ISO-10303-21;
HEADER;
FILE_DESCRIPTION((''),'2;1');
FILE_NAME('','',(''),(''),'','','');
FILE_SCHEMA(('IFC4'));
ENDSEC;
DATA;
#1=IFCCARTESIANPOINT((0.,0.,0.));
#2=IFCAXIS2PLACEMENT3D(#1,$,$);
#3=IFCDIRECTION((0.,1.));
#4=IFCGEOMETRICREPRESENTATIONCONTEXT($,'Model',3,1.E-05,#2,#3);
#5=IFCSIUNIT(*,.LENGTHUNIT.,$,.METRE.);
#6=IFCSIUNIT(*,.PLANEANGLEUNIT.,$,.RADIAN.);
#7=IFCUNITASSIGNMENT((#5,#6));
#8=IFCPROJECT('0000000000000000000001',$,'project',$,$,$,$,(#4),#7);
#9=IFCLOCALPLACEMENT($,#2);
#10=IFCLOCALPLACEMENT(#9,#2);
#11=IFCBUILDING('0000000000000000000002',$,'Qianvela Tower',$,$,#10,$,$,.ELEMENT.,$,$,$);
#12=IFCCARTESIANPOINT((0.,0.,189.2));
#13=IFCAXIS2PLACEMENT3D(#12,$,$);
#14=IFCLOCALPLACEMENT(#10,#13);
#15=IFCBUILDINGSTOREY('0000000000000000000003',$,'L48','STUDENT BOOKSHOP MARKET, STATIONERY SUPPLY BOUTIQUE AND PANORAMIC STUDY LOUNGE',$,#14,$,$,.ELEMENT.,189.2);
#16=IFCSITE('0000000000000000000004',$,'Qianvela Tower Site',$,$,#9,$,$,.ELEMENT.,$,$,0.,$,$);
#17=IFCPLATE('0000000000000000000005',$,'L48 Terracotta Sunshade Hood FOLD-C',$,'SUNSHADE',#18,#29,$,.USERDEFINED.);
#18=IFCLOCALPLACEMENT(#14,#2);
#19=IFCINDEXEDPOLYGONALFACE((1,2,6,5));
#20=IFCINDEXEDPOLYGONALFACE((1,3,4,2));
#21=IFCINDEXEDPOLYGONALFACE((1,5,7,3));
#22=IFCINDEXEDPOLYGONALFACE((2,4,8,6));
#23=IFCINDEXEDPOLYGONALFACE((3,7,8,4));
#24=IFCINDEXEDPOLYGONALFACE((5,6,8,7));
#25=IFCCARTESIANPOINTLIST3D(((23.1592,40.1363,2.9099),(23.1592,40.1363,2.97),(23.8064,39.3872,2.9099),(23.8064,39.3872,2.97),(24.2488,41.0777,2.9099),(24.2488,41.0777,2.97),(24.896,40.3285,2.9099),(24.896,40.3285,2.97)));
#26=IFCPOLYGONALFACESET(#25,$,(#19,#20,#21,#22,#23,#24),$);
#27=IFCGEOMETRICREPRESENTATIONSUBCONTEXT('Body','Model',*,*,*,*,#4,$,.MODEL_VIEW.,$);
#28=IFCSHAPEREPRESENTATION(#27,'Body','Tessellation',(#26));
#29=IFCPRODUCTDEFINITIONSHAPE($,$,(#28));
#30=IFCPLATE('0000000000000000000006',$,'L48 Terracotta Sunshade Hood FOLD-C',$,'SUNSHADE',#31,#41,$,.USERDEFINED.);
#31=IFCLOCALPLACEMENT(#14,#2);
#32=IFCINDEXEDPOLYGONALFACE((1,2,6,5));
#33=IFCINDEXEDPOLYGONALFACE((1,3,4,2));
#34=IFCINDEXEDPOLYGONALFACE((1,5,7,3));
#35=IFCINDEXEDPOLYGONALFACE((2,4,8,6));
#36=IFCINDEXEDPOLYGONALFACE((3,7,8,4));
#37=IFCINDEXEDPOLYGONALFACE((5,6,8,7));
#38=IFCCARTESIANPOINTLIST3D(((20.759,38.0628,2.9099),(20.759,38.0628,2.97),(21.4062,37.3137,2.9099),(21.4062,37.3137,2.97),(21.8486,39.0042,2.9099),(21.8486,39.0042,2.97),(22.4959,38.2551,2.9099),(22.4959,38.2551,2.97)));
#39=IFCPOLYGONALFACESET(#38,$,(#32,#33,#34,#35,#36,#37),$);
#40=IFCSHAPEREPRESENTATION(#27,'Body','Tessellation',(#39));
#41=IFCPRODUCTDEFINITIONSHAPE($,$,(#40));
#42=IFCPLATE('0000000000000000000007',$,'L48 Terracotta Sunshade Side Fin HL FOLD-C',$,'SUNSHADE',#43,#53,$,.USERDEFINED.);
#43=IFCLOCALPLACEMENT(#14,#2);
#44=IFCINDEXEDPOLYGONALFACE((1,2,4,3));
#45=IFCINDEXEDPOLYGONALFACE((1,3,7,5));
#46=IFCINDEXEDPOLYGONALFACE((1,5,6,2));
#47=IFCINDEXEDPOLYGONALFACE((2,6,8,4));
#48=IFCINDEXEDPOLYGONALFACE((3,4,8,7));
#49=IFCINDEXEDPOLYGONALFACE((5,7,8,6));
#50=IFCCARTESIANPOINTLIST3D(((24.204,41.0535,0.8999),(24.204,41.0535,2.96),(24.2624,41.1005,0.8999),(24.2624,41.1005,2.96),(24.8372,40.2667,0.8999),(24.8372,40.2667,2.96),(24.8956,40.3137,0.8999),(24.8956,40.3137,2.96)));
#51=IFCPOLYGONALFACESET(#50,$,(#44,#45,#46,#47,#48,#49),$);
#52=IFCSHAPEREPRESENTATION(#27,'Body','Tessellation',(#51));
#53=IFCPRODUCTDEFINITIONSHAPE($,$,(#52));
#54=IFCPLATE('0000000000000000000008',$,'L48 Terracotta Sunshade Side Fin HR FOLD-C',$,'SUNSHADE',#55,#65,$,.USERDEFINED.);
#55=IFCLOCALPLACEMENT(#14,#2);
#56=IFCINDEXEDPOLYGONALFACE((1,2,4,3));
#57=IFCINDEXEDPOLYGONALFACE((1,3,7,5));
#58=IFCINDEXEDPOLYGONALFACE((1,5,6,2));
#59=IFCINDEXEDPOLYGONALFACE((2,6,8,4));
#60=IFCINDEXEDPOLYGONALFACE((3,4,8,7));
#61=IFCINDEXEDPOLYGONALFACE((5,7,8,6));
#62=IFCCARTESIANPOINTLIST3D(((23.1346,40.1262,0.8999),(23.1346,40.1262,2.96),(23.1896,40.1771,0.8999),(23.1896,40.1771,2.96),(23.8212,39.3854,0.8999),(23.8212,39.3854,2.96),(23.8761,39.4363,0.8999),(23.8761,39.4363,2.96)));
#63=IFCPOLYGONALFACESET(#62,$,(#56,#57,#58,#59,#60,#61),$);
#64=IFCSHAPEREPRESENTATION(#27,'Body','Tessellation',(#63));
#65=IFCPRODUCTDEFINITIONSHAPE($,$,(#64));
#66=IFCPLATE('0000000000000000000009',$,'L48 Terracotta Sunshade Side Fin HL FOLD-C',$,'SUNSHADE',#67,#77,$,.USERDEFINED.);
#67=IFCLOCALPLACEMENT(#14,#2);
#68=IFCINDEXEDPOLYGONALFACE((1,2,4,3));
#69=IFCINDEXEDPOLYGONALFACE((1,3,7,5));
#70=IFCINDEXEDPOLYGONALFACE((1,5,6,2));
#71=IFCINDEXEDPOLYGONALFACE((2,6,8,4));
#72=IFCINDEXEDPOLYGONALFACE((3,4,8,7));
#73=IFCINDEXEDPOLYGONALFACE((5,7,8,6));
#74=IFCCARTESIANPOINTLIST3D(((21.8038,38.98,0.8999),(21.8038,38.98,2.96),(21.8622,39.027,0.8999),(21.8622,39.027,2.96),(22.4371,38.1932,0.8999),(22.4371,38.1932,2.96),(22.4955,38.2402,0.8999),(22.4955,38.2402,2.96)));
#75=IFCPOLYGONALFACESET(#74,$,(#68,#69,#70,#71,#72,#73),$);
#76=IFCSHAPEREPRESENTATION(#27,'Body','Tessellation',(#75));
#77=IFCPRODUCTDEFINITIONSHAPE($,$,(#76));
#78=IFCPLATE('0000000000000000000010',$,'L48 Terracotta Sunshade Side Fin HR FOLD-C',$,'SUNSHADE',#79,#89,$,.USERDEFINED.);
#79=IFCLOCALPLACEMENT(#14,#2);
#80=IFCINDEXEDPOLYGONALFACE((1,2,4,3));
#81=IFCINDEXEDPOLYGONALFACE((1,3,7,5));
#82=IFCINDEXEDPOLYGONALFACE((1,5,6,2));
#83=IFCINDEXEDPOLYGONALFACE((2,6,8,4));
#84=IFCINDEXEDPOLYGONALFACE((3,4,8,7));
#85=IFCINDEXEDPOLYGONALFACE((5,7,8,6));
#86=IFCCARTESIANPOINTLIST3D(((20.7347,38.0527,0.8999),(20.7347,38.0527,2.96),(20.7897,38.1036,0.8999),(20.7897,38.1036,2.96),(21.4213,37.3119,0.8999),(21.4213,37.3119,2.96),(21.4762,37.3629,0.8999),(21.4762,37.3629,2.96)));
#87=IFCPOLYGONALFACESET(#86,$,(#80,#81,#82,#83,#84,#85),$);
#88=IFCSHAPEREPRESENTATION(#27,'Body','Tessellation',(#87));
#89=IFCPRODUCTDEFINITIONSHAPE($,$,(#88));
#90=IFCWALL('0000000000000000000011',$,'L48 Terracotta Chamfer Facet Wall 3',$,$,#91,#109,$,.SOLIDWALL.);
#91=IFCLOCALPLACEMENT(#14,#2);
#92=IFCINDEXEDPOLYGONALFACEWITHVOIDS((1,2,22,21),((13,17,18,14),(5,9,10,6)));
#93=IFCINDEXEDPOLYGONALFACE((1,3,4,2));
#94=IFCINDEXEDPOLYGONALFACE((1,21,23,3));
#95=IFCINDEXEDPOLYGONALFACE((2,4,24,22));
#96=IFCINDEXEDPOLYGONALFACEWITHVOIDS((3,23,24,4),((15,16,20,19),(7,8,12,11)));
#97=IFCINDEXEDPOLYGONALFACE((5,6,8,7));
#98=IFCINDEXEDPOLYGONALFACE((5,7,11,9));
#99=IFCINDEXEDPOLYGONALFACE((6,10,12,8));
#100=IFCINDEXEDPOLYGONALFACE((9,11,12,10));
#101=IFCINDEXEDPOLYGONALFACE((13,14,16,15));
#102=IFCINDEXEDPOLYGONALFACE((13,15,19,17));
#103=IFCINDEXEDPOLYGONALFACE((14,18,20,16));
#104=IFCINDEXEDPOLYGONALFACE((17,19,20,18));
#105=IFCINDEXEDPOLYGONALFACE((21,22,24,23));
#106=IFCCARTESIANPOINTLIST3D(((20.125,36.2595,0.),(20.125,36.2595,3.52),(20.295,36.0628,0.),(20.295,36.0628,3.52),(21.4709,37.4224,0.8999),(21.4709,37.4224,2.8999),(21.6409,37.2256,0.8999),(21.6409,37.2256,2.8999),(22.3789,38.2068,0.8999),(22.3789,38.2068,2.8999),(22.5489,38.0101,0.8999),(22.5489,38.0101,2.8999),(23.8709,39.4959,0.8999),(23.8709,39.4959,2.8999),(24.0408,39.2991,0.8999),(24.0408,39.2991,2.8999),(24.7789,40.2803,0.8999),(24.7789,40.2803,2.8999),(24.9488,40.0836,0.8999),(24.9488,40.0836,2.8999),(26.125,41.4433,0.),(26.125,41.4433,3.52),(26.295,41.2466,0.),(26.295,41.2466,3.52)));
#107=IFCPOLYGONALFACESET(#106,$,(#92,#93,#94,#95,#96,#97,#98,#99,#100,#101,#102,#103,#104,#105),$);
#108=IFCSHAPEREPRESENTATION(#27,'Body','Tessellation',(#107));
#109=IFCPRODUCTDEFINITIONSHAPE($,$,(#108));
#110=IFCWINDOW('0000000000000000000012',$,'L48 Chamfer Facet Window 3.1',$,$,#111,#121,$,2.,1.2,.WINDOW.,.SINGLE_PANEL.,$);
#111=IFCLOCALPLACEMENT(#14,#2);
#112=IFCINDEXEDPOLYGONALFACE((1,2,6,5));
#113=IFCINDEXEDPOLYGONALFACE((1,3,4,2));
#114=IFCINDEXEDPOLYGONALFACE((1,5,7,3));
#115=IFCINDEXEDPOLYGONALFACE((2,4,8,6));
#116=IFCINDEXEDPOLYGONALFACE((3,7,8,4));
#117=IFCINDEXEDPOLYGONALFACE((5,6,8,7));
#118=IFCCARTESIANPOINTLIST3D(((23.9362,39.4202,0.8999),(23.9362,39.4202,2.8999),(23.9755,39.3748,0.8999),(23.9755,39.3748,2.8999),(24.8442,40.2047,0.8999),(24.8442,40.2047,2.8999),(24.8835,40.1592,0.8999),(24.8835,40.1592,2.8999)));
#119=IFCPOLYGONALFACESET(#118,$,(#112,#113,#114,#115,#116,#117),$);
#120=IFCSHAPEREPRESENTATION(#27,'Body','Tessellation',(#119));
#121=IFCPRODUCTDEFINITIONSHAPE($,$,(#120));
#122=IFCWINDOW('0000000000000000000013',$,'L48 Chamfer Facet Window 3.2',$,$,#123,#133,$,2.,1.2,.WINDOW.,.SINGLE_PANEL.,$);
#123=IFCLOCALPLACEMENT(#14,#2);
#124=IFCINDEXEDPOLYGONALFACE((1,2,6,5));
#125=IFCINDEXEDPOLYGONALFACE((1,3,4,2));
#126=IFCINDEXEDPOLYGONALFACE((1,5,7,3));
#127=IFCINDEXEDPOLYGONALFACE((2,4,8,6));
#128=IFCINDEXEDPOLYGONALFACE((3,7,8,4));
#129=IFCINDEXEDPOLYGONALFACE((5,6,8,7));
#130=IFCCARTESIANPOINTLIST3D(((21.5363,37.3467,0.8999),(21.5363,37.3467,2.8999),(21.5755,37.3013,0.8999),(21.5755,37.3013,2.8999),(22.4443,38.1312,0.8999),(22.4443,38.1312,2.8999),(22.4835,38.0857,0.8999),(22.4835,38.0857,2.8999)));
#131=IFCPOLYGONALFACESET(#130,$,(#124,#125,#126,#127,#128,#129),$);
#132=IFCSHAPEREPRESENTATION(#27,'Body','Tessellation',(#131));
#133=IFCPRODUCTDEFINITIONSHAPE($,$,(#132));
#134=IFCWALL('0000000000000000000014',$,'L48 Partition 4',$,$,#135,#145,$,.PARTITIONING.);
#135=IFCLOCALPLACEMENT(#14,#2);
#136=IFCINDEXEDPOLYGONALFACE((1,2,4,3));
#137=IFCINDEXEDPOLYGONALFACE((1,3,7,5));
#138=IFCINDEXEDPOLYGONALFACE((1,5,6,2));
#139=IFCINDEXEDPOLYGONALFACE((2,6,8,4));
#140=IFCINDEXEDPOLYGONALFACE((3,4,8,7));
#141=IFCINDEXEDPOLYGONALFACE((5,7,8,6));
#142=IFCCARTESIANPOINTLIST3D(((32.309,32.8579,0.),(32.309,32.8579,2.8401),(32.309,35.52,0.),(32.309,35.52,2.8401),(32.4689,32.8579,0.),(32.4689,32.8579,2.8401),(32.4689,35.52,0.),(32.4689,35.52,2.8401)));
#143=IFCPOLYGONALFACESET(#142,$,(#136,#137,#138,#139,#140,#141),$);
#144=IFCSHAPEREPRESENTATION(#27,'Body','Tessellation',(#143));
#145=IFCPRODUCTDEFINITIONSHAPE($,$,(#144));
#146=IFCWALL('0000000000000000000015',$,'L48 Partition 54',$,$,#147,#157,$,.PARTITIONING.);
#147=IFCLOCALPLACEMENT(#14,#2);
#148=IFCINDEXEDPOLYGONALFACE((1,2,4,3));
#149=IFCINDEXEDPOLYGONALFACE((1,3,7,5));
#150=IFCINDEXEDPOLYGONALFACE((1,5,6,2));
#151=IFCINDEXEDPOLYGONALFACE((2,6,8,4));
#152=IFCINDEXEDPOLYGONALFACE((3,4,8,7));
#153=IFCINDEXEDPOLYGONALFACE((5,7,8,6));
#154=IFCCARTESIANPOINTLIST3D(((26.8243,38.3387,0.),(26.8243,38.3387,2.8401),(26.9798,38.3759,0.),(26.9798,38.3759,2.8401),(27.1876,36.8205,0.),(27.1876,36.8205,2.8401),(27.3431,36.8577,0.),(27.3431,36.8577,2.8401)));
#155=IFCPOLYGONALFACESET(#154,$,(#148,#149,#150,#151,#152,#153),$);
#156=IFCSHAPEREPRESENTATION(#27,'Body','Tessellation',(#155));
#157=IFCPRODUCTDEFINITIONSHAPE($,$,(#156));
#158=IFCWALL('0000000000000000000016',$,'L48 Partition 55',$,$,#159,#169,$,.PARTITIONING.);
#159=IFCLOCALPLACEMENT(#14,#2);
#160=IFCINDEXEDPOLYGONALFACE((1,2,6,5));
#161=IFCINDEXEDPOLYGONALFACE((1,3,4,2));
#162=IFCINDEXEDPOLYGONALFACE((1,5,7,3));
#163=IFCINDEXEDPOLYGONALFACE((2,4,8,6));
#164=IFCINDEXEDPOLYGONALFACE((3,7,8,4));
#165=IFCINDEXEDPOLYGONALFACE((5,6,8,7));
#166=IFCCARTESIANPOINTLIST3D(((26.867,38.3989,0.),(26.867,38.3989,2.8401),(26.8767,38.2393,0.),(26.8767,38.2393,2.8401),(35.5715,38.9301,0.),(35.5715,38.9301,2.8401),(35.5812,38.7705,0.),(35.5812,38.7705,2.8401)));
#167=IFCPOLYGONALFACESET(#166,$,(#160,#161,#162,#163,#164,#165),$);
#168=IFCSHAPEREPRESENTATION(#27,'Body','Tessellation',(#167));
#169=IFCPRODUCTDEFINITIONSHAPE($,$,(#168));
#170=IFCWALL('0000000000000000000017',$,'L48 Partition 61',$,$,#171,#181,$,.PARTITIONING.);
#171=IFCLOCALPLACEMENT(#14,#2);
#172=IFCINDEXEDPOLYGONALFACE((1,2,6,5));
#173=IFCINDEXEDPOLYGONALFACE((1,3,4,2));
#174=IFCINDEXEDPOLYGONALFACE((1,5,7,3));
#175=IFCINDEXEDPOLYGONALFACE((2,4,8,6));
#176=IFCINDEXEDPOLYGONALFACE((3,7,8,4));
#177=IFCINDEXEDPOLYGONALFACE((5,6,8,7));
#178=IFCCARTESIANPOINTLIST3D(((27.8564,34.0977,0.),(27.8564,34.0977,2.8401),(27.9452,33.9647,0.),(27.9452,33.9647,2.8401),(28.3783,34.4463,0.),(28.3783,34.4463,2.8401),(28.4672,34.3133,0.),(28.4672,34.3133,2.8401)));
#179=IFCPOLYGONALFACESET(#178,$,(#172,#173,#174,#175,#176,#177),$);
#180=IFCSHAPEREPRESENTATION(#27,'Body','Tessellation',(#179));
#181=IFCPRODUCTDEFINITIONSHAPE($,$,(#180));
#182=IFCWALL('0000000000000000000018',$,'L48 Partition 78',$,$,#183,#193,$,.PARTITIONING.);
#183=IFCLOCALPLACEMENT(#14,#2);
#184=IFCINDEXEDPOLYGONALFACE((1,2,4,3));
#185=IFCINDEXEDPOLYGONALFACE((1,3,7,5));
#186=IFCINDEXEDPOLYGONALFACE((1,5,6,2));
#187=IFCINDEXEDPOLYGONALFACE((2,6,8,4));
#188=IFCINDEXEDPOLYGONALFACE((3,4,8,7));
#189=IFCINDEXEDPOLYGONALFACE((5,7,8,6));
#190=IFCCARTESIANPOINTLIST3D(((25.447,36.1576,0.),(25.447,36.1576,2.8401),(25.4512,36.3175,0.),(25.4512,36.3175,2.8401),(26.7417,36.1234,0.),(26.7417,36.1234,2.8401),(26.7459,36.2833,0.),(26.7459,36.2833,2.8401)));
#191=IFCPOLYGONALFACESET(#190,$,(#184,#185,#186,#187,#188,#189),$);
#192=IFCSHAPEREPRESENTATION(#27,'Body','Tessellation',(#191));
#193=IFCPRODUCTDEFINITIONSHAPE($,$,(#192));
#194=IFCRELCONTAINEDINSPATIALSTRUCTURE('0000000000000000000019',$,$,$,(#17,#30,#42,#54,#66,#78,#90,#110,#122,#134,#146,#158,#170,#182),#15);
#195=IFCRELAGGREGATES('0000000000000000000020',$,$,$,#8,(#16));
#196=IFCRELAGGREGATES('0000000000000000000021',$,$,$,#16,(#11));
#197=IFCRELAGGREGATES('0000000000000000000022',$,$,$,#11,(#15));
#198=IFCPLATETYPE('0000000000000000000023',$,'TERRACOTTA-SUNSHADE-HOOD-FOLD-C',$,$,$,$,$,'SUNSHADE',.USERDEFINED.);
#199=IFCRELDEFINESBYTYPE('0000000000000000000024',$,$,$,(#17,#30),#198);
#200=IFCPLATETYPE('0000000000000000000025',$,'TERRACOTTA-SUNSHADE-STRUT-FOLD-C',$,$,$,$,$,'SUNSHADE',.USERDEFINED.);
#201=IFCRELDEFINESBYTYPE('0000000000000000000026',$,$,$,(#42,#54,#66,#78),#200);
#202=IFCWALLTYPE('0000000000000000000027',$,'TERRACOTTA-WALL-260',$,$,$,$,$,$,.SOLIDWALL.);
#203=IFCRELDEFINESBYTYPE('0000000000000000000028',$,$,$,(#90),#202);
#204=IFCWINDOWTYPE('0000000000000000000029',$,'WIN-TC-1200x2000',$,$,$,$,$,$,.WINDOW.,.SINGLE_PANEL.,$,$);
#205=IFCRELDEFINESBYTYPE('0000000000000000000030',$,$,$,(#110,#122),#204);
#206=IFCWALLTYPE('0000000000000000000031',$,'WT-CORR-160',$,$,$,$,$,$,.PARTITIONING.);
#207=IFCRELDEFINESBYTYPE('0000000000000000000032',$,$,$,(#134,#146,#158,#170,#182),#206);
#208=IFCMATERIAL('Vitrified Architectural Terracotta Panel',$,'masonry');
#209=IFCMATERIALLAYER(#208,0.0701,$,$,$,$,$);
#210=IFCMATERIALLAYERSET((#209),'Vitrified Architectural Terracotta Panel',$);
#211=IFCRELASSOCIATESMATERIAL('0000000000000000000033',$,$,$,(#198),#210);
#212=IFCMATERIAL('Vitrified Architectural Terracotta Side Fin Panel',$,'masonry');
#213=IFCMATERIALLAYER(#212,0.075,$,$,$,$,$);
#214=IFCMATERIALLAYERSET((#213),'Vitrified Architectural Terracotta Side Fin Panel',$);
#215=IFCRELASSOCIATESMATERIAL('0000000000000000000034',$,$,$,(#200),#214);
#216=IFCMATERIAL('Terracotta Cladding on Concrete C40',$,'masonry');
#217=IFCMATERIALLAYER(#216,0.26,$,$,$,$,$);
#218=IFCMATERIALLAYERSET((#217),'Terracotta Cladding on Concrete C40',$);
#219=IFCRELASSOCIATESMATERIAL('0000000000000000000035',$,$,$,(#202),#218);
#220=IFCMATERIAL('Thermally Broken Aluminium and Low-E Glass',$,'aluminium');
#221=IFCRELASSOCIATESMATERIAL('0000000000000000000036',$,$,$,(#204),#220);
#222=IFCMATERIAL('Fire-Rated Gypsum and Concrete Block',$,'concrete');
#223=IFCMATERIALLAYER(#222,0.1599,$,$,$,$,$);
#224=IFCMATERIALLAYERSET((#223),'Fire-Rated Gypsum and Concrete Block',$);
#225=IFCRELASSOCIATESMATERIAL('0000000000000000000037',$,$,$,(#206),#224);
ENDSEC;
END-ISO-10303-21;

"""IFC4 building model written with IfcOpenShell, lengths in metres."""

from ifc_helpers import new_model, si_unit, direction, frame, frame_2d, origin, origin_2d, place, context, subcontext, project, spatial, rectangle, extrude, material, layer, layer_set, type_object, element, fill, save


model = new_model("IFC4")

# Units and contexts
model_context = context("Model", 3, precision=1e-05, world=origin(), true_north=direction((0.0, 1.0)))
body_context = subcontext(model_context, "Body", "Model", "MODEL_VIEW")
ifc_project = project(units=[si_unit("LENGTHUNIT", "METRE"), si_unit("PLANEANGLEUNIT", "RADIAN")], contexts=[model_context])

# Site, building, storey
site_placement = place(None, origin())
site = spatial("IfcSite", under=ifc_project, at=site_placement, Name="Qianvela Tower Site", CompositionType="ELEMENT", RefElevation=0.0)
building_placement = place(site_placement, origin())
building = spatial("IfcBuilding", under=site, at=building_placement, Name="Qianvela Tower", CompositionType="ELEMENT")
storey_placement = place(building_placement, frame((0.0, 0.0, 189.2)))
storey = spatial("IfcBuildingStorey", under=building, at=storey_placement, Name="L48", Description="STUDENT BOOKSHOP MARKET, STATIONERY SUPPLY BOUTIQUE AND PANORAMIC STUDY LOUNGE", CompositionType="ELEMENT", Elevation=189.2)

# Plates
ifc_material_1 = material(Name="Vitrified Architectural Terracotta Panel", Category="masonry")
ifc_layer_1 = layer(ifc_material_1, 0.0701)
ifc_layer_set_1 = layer_set([ifc_layer_1], Name="Vitrified Architectural Terracotta Panel")
plate_type_1 = type_object("IfcPlateType", Name="TERRACOTTA-SUNSHADE-HOOD-FOLD-C", ElementType="SUNSHADE", PredefinedType="USERDEFINED", material=ifc_layer_set_1)
for number, where, z_axis, x_axis, name in (
    (1, (24.0276, 40.2324, 2.9099), (0.0, 0.0, 1.0), (-0.7567, -0.653763, 0.0), "L48 Terracotta Sunshade Hood FOLD-C"),
    (2, (21.6274, 38.1589, 2.9099), (0.0, 0.0, 1.0), (-0.7567, -0.653763, 0.0), "L48 Terracotta Sunshade Hood FOLD-C"),
):
    element("IfcPlate", number, at=place(storey_placement, frame(where, z_axis=z_axis, x_axis=x_axis)), inside=storey, type_object=plate_type_1, Name=name, ObjectType="SUNSHADE", PredefinedType="USERDEFINED", context=body_context, shape_type="SweptSolid", body=[
        extrude(rectangle(XDim=1.4399, YDim=0.99, at=origin_2d()), origin(), (0.0, 0.0, 1.0), 0.0601),
    ])
ifc_material_2 = material(Name="Vitrified Architectural Terracotta Side Fin Panel", Category="masonry")
ifc_layer_2 = layer(ifc_material_2, 0.075)
ifc_layer_set_2 = layer_set([ifc_layer_2], Name="Vitrified Architectural Terracotta Side Fin Panel")
plate_type_2 = type_object("IfcPlateType", Name="TERRACOTTA-SUNSHADE-STRUT-FOLD-C", ElementType="SUNSHADE", PredefinedType="USERDEFINED", material=ifc_layer_set_2)
for number, where, z_axis, x_axis, name in (
    (3, (24.5498, 40.6836, 0.8999), (0.0, 0.0, 1.0), (-0.779055, -0.626956, 0.0), "L48 Terracotta Sunshade Side Fin HL FOLD-C"),
    (4, (23.5054, 39.7812, 0.8999), (0.0, 0.0, 1.0), (-0.733423, -0.679773, 0.0), "L48 Terracotta Sunshade Side Fin HR FOLD-C"),
    (5, (22.1497, 38.6101, 0.8999), (0.0, 0.0, 1.0), (-0.779055, -0.626956, 0.0), "L48 Terracotta Sunshade Side Fin HL FOLD-C"),
    (6, (21.1055, 37.7078, 0.8999), (0.0, 0.0, 1.0), (-0.733423, -0.679773, 0.0), "L48 Terracotta Sunshade Side Fin HR FOLD-C"),
):
    element("IfcPlate", number, at=place(storey_placement, frame(where, z_axis=z_axis, x_axis=x_axis)), inside=storey, type_object=plate_type_2, Name=name, ObjectType="SUNSHADE", PredefinedType="USERDEFINED", context=body_context, shape_type="SweptSolid", body=[
        extrude(rectangle(XDim=0.075, YDim=1.01, at=origin_2d()), origin(), (0.0, 0.0, 1.0), 2.0601),
    ])

# Wall, openings, windows
ifc_material_3 = material(Name="Terracotta Cladding on Concrete C40", Category="masonry")
ifc_layer_3 = layer(ifc_material_3, 0.26)
ifc_layer_set_3 = layer_set([ifc_layer_3], Name="Terracotta Cladding on Concrete C40")
wall_type_1 = type_object("IfcWallType", Name="TERRACOTTA-WALL-260", PredefinedType="SOLIDWALL", material=ifc_layer_set_3)
wall_1_placement = place(storey_placement, frame((26.21, 41.345, 0.0), z_axis=(0.0, 0.0, 1.0), x_axis=(-0.756697, -0.653766, 0.0)))
wall_1 = element("IfcWall", 7, at=wall_1_placement, inside=storey, type_object=wall_type_1, Name="L48 Terracotta Chamfer Facet Wall 3", PredefinedType="SOLIDWALL", context=body_context, shape_type="SweptSolid", body=[
    extrude(rectangle(XDim=7.9292, YDim=0.26, at=frame_2d((3.9646, 0.0))), origin(), (0.0, 0.0, 1.0), 3.52),
])
opening_1_placement = place(wall_1_placement, frame((1.7788, 0.0, 0.8999)))
opening_1 = element("IfcOpeningElement", 8, at=opening_1_placement, cuts=wall_1, PredefinedType="OPENING", context=body_context, shape_type="SweptSolid", body=[
    extrude(rectangle(XDim=1.2, YDim=2.0, at=frame_2d((0.6001, 1.0))), frame((0.0, 0.1399, 0.0), z_axis=(0.0, -1.0, 0.0), x_axis=(1.0, 0.0, 0.0)), (0.0, 0.0, 1.0), 0.28),
])
opening_2_placement = place(wall_1_placement, frame((4.9504, 0.0, 0.8999)))
opening_2 = element("IfcOpeningElement", 9, at=opening_2_placement, cuts=wall_1, PredefinedType="OPENING", context=body_context, shape_type="SweptSolid", body=[
    extrude(rectangle(XDim=1.2, YDim=2.0, at=frame_2d((0.6001, 1.0))), frame((0.0, 0.1399, 0.0), z_axis=(0.0, -1.0, 0.0), x_axis=(1.0, 0.0, 0.0)), (0.0, 0.0, 1.0), 0.28),
])
ifc_material_4 = material(Name="Thermally Broken Aluminium and Low-E Glass", Category="aluminium")
window_type = type_object("IfcWindowType", Name="WIN-TC-1200x2000", PartitioningType="SINGLE_PANEL", PredefinedType="WINDOW", material=ifc_material_4)
window_1_placement = place(opening_1_placement, origin())
window_1 = element("IfcWindow", 10, at=window_1_placement, inside=storey, type_object=window_type, Name="L48 Chamfer Facet Window 3.1", OverallHeight=2.0, OverallWidth=1.2, PartitioningType="SINGLE_PANEL", PredefinedType="WINDOW", context=body_context, shape_type="SweptSolid", body=[
    extrude(rectangle(XDim=1.2, YDim=2.0, at=frame_2d((0.6001, 1.0))), frame((0.0, 0.03, 0.0), z_axis=(0.0, -1.0, 0.0), x_axis=(1.0, 0.0, 0.0)), (0.0, 0.0, 1.0), 0.0601),
])
fill(opening_1, window_1)
window_2_placement = place(opening_2_placement, origin())
window_2 = element("IfcWindow", 11, at=window_2_placement, inside=storey, type_object=window_type, Name="L48 Chamfer Facet Window 3.2", OverallHeight=2.0, OverallWidth=1.2, PartitioningType="SINGLE_PANEL", PredefinedType="WINDOW", context=body_context, shape_type="SweptSolid", body=[
    extrude(rectangle(XDim=1.2, YDim=2.0, at=frame_2d((0.6001, 1.0))), frame((0.0, 0.03, 0.0), z_axis=(0.0, -1.0, 0.0), x_axis=(1.0, 0.0, 0.0)), (0.0, 0.0, 1.0), 0.0601),
])
fill(opening_2, window_2)

# Shared definitions
ifc_material_5 = material(Name="Fire-Rated Gypsum and Concrete Block", Category="concrete")
ifc_layer_4 = layer(ifc_material_5, 0.1599)
ifc_layer_set_4 = layer_set([ifc_layer_4], Name="Fire-Rated Gypsum and Concrete Block")
wall_type_2 = type_object("IfcWallType", Name="WT-CORR-160", PredefinedType="PARTITIONING", material=ifc_layer_set_4)

# Walls
wall_2_placement = place(storey_placement, frame((32.3889, 35.52, 0.0), z_axis=(0.0, 0.0, 1.0), x_axis=(0.0, -1.0, 0.0)))
element("IfcWall", 12, at=wall_2_placement, inside=storey, type_object=wall_type_2, Name="L48 Partition 4", PredefinedType="PARTITIONING", context=body_context, shape_type="SweptSolid", body=[
    extrude(rectangle(XDim=2.6621, YDim=0.1599, at=frame_2d((1.3311, 0.0))), origin(), (0.0, 0.0, 1.0), 2.8401),
])
wall_3_placement = place(storey_placement, frame((27.2654, 36.8391, 0.0), z_axis=(0.0, 0.0, 1.0), x_axis=(-0.232734, 0.97254, 0.0)))
element("IfcWall", 13, at=wall_3_placement, inside=storey, type_object=wall_type_2, Name="L48 Partition 54", PredefinedType="PARTITIONING", context=body_context, shape_type="SweptSolid", body=[
    extrude(rectangle(XDim=1.561, YDim=0.1599, at=frame_2d((0.7805, 0.0))), origin(), (0.0, 0.0, 1.0), 2.8401),
])
wall_4_placement = place(storey_placement, frame((26.8718, 38.3191, 0.0), z_axis=(0.0, 0.0, 1.0), x_axis=(0.998143, 0.060918, 0.0)))
element("IfcWall", 14, at=wall_4_placement, inside=storey, type_object=wall_type_2, Name="L48 Partition 55", PredefinedType="PARTITIONING", context=body_context, shape_type="SweptSolid", body=[
    extrude(rectangle(XDim=8.7207, YDim=0.1599, at=frame_2d((4.3604, 0.0))), origin(), (0.0, 0.0, 1.0), 2.8401),
])
wall_5_placement = place(storey_placement, frame((28.4229, 34.3799, 0.0), z_axis=(0.0, 0.0, 1.0), x_axis=(-0.831571, -0.555418, 0.0)))
element("IfcWall", 15, at=wall_5_placement, inside=storey, type_object=wall_type_2, Name="L48 Partition 61", PredefinedType="PARTITIONING", context=body_context, shape_type="SweptSolid", body=[
    extrude(rectangle(XDim=0.6277, YDim=0.1599, at=frame_2d((0.314, 0.0))), origin(), (0.0, 0.0, 1.0), 2.8401),
])
wall_6_placement = place(storey_placement, frame((25.4492, 36.2375, 0.0), z_axis=(0.0, 0.0, 1.0), x_axis=(0.999652, -0.026391, 0.0)))
element("IfcWall", 16, at=wall_6_placement, inside=storey, type_object=wall_type_2, Name="L48 Partition 78", PredefinedType="PARTITIONING", context=body_context, shape_type="SweptSolid", body=[
    extrude(rectangle(XDim=1.2952, YDim=0.1599, at=frame_2d((0.6475, 0.0))), origin(), (0.0, 0.0, 1.0), 2.8401),
])

save(model, "model.ifc")
